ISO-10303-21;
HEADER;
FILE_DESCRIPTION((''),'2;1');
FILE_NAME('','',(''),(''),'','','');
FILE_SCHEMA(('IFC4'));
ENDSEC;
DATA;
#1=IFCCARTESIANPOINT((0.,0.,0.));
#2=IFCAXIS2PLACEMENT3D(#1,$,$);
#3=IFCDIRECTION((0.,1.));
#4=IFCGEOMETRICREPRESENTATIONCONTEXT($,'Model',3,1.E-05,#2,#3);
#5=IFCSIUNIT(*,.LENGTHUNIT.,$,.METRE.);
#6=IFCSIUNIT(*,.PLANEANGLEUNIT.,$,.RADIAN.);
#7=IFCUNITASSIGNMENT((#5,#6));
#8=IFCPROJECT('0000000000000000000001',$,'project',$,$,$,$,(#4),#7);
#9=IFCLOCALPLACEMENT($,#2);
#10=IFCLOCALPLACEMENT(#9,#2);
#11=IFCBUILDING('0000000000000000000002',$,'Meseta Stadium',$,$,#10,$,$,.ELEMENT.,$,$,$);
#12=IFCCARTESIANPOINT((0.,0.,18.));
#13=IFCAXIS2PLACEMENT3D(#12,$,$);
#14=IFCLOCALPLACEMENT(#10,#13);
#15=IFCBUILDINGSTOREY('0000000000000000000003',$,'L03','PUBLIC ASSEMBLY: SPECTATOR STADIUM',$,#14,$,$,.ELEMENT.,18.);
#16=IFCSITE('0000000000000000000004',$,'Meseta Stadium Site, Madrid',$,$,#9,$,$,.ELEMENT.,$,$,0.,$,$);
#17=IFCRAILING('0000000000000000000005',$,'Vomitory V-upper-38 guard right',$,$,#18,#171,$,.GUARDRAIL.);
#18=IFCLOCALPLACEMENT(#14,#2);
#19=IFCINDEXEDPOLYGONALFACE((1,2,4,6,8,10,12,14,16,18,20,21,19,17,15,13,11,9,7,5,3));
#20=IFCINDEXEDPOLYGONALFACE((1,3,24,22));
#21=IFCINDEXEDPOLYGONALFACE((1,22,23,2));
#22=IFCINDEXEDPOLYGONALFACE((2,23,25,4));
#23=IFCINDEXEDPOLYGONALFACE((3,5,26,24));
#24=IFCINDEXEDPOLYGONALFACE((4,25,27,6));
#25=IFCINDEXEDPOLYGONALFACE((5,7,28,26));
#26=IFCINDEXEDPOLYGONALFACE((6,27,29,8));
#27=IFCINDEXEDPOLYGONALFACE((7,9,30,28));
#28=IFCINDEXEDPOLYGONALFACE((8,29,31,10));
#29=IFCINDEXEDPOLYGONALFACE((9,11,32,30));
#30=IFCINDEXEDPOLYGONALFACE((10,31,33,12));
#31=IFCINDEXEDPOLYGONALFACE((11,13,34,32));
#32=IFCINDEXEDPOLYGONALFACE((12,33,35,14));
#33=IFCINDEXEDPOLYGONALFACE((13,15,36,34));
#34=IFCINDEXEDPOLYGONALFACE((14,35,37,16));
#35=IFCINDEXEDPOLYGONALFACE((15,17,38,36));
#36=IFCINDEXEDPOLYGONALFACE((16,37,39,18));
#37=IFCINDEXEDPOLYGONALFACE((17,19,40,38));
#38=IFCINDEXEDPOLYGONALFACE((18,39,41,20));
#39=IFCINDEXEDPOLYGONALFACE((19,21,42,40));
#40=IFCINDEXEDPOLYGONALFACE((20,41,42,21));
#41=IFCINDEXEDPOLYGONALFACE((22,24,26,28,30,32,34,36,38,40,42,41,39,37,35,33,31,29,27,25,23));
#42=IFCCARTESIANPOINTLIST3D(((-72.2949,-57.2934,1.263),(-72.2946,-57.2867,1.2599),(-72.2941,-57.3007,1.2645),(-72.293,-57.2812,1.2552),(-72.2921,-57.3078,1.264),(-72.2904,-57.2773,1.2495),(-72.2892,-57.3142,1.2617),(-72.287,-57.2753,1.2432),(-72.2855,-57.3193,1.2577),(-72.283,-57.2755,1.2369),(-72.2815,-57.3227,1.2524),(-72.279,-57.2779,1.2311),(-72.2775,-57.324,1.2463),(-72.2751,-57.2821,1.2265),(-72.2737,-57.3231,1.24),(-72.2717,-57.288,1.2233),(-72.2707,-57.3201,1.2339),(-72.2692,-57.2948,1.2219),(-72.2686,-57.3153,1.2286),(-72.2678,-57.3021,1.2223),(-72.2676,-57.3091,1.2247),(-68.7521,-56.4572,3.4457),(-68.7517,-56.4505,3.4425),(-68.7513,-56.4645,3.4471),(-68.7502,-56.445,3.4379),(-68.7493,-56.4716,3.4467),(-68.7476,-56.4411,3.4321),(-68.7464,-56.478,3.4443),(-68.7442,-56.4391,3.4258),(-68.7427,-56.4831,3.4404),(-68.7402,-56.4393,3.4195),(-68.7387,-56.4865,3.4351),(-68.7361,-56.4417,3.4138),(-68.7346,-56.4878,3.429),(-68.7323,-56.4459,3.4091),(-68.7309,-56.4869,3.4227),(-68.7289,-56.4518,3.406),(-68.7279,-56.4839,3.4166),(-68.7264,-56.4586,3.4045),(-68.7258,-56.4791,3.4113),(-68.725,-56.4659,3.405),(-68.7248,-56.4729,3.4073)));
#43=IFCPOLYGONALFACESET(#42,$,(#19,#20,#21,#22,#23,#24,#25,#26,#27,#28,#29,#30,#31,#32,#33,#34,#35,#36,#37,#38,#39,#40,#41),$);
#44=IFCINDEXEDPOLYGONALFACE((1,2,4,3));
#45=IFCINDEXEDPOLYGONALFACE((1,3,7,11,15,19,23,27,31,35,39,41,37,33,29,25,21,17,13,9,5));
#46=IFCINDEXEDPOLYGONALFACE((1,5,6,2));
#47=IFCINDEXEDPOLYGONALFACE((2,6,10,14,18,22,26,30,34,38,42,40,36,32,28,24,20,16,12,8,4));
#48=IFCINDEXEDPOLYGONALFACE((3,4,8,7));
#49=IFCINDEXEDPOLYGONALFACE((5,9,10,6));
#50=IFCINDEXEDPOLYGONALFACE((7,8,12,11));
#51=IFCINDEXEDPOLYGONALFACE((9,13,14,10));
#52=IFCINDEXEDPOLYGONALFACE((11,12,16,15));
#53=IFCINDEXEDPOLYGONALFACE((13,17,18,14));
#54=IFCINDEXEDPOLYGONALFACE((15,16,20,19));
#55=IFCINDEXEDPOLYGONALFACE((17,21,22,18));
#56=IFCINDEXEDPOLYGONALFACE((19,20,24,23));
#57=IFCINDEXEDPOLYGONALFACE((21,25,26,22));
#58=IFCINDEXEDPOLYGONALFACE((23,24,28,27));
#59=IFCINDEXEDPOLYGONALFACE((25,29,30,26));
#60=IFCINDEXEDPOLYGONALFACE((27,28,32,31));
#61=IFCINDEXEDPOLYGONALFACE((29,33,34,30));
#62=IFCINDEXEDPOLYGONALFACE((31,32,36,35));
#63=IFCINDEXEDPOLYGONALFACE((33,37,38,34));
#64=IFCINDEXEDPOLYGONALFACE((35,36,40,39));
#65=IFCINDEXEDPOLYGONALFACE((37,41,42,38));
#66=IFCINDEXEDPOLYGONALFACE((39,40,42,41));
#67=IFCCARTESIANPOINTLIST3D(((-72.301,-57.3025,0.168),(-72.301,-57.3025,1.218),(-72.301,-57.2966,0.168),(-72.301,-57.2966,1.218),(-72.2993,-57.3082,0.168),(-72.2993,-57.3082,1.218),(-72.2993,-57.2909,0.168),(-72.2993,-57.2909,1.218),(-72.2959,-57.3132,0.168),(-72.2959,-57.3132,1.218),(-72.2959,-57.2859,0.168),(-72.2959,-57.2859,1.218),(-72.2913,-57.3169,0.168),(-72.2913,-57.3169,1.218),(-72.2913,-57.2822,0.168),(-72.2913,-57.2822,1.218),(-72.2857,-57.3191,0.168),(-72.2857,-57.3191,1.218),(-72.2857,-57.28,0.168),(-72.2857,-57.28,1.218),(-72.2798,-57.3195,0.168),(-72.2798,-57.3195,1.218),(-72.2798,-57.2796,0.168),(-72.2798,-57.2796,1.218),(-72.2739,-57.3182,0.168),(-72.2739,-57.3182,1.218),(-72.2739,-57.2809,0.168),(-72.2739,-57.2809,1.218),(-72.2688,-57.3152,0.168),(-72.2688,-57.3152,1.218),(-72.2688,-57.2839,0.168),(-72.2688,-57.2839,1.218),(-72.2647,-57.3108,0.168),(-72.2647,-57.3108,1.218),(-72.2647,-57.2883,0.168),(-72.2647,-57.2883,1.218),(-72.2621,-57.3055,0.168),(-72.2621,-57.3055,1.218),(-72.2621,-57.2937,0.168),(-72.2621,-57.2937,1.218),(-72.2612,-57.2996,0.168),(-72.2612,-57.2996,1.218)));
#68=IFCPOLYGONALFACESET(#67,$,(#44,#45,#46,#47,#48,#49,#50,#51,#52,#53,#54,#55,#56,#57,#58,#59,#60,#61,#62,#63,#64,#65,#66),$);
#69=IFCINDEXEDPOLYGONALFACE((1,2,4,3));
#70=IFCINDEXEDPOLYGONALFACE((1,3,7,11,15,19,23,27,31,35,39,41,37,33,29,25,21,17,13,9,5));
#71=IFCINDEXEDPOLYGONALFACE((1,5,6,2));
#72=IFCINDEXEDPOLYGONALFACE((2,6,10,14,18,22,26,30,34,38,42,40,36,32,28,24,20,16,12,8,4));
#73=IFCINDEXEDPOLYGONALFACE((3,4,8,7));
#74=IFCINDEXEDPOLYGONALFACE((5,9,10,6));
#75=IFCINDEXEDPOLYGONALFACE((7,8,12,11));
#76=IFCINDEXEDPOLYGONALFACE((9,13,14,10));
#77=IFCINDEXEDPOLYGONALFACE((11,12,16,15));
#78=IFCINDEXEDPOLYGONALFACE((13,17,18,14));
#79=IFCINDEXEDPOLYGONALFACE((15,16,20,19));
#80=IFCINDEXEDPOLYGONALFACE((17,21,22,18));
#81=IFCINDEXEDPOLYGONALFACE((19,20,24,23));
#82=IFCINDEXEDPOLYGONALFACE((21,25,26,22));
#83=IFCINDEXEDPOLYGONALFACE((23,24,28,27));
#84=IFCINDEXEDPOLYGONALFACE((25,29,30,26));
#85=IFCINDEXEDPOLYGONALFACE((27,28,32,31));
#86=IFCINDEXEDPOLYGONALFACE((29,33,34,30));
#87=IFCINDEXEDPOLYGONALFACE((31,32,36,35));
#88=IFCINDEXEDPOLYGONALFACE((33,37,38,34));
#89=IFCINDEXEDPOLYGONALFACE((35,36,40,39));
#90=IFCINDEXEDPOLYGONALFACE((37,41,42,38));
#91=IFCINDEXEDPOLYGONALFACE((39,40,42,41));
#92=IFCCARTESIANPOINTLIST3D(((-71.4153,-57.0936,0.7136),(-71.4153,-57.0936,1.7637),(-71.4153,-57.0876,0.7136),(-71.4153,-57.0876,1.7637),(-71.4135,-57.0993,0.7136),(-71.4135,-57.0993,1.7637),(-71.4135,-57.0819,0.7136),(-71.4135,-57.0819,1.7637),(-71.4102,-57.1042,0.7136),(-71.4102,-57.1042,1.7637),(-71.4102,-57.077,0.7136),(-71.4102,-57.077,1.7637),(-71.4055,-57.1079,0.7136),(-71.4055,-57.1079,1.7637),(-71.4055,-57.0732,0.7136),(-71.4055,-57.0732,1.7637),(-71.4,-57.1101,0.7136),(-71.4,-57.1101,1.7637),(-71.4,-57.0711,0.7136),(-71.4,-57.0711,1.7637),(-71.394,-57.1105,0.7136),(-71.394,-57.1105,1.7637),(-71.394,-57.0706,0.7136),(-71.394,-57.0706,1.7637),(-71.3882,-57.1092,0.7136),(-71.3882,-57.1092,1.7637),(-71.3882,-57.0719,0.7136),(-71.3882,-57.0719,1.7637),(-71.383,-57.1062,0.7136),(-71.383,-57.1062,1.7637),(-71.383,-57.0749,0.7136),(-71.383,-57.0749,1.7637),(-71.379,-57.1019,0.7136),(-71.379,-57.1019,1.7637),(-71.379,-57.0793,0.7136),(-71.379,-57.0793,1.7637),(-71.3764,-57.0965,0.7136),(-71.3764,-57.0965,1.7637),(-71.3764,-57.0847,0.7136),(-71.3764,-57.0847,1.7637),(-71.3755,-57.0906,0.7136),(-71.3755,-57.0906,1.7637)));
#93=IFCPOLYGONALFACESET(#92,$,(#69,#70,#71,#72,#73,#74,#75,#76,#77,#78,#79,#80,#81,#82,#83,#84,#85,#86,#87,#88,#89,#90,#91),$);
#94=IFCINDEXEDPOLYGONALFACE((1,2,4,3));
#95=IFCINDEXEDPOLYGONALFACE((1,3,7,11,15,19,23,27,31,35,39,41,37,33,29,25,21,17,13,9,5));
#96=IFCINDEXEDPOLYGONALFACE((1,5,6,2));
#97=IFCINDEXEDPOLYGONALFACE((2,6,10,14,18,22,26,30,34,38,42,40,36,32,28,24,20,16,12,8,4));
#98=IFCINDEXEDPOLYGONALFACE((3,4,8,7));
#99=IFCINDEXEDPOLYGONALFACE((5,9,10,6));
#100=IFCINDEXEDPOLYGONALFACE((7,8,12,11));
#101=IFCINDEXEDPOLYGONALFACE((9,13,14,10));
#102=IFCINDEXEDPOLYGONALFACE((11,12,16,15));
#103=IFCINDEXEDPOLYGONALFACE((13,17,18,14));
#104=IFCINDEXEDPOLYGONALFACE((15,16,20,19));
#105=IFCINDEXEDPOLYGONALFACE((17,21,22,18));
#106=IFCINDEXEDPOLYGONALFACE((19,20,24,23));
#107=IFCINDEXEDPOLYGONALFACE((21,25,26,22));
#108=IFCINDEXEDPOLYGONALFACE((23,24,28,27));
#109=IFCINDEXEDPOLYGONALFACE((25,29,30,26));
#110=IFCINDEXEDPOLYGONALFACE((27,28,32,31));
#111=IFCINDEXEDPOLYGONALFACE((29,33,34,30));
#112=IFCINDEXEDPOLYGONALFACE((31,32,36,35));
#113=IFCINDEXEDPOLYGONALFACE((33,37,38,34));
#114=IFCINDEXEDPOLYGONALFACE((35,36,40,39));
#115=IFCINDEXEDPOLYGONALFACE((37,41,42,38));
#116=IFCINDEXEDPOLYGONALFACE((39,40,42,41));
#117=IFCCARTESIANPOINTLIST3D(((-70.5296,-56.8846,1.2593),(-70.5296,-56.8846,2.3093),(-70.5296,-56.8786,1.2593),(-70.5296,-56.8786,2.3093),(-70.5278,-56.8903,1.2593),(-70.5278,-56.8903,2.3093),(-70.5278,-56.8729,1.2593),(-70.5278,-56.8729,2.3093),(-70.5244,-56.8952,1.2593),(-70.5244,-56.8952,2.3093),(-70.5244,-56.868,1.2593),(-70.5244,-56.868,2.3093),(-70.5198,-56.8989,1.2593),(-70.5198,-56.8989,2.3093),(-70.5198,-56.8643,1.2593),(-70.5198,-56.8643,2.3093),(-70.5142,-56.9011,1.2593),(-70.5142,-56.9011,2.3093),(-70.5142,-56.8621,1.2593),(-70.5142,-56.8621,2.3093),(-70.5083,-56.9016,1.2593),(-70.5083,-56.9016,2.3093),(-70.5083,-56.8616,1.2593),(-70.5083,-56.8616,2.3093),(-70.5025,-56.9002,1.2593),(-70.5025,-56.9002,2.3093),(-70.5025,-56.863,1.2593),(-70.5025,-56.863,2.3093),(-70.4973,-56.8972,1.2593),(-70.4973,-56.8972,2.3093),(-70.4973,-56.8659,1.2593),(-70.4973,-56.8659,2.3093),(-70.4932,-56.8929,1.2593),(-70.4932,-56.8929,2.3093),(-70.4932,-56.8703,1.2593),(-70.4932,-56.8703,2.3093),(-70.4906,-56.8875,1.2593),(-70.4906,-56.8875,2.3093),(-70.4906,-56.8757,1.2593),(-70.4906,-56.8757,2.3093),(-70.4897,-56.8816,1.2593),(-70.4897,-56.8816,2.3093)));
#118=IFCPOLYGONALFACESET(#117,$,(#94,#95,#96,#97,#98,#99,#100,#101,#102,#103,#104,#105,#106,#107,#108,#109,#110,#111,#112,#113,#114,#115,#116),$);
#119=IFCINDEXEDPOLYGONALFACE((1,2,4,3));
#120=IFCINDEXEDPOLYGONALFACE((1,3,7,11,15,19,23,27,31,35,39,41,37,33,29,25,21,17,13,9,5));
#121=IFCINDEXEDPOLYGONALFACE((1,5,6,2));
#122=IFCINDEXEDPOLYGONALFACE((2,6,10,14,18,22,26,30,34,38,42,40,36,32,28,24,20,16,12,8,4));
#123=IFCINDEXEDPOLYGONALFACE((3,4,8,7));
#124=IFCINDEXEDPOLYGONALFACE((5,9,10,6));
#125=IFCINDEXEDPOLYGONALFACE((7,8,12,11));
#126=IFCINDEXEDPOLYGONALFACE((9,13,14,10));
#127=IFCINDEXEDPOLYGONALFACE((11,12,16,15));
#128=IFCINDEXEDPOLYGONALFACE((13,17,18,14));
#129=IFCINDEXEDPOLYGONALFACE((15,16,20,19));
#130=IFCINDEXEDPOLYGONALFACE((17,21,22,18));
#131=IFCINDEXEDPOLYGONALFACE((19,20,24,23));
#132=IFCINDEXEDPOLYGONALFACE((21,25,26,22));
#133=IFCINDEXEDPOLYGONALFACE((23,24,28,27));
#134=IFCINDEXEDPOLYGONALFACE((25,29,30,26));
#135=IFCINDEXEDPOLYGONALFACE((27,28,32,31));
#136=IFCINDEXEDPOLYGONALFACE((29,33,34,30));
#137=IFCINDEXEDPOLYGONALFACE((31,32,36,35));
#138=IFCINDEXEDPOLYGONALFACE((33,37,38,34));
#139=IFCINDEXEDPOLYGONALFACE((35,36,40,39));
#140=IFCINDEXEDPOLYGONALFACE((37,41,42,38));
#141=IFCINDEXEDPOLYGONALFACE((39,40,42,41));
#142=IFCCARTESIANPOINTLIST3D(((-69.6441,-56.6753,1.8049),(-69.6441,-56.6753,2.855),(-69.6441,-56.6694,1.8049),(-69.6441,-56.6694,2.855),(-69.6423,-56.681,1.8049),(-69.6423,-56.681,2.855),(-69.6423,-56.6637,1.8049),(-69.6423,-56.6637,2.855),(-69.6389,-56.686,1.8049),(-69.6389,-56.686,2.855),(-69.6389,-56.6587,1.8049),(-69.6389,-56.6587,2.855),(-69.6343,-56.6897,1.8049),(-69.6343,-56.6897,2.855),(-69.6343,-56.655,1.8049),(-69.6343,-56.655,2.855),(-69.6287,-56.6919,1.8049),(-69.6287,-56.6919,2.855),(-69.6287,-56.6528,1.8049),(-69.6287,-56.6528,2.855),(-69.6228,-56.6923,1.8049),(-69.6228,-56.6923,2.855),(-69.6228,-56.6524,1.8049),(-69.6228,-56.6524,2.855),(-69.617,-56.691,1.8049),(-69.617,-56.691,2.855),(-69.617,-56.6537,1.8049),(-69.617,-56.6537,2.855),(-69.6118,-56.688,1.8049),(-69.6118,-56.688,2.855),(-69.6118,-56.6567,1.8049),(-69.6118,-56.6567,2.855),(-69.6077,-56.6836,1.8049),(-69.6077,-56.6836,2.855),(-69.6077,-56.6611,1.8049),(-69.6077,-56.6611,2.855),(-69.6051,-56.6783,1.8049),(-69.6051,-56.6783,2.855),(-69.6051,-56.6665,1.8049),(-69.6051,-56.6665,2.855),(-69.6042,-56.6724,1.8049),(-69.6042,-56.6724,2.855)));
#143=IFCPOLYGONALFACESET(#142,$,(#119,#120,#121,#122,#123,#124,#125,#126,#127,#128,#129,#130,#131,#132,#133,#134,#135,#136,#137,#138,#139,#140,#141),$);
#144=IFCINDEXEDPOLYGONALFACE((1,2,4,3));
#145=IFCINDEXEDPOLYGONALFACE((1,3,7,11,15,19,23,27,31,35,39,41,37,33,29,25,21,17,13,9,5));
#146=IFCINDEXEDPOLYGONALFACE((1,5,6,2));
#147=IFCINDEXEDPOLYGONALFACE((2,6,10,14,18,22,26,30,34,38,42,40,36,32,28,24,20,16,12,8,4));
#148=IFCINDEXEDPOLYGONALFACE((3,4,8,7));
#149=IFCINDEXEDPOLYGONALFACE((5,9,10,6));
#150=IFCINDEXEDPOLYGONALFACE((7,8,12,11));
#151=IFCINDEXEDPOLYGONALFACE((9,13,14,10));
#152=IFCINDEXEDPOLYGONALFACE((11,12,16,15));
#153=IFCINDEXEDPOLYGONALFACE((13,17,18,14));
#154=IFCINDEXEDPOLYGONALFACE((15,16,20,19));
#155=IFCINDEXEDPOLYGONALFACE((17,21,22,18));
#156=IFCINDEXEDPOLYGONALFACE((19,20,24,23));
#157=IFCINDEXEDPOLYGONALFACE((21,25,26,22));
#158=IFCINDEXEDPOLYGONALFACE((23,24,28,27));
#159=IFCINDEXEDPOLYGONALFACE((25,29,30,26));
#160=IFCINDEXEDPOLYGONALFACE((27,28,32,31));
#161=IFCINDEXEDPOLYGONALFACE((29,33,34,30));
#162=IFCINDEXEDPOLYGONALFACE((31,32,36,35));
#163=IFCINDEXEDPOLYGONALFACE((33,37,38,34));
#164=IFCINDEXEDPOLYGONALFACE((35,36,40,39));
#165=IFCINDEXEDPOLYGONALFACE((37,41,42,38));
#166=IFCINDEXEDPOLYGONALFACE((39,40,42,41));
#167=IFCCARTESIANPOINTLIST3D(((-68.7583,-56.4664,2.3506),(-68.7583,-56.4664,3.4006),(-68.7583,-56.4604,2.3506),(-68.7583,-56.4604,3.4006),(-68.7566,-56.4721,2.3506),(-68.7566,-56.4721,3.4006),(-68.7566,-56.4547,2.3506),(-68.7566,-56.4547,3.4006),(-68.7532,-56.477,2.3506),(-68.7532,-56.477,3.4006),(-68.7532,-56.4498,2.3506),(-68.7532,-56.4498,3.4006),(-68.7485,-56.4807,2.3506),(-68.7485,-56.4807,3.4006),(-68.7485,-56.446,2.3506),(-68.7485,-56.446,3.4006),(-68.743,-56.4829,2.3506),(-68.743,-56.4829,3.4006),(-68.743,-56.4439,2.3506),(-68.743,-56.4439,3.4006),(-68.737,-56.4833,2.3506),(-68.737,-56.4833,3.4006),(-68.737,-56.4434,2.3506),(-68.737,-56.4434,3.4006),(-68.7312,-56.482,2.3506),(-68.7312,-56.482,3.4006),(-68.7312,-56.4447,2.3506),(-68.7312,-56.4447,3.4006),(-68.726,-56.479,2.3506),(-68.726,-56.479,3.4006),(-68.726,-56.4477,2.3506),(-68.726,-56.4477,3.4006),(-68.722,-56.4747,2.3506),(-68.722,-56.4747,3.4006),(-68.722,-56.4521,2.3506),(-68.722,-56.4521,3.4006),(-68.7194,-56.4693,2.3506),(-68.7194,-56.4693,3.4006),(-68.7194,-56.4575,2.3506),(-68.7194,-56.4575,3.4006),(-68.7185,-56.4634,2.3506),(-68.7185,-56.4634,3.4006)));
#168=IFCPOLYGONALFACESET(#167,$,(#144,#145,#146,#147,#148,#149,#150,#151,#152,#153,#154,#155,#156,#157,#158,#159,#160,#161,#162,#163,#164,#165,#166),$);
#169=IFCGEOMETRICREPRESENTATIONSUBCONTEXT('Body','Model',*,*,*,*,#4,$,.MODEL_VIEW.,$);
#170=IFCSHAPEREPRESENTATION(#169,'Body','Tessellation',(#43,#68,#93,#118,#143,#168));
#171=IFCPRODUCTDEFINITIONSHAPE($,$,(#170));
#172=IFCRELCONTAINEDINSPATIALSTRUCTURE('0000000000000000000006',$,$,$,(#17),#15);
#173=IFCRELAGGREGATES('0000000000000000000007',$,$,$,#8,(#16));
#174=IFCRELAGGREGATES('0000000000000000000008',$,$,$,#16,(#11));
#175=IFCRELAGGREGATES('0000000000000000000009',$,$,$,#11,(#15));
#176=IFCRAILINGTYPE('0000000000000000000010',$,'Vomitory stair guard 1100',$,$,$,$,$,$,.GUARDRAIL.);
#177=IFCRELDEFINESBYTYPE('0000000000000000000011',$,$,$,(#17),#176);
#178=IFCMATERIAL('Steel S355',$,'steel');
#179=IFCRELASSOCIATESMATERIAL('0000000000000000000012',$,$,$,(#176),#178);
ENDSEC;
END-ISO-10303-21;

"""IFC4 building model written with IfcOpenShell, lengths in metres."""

from ifc_helpers import new_model, si_unit, direction, frame, origin, origin_2d, place, context, subcontext, project, spatial, circle, extrude, material, type_object, element, save


model = new_model("IFC4")

# Units and contexts
model_context = context("Model", 3, precision=1e-05, world=origin(), true_north=direction((0.0, 1.0)))
body_context = subcontext(model_context, "Body", "Model", "MODEL_VIEW")
ifc_project = project(units=[si_unit("LENGTHUNIT", "METRE"), si_unit("PLANEANGLEUNIT", "RADIAN")], contexts=[model_context])

# Site, building, storey
site_placement = place(None, origin())
site = spatial("IfcSite", under=ifc_project, at=site_placement, Name="Meseta Stadium Site, Madrid", CompositionType="ELEMENT", RefElevation=0.0)
building_placement = place(site_placement, origin())
building = spatial("IfcBuilding", under=site, at=building_placement, Name="Meseta Stadium", CompositionType="ELEMENT")
storey_placement = place(building_placement, frame((0.0, 0.0, 18.0)))
storey = spatial("IfcBuildingStorey", under=building, at=storey_placement, Name="L03", Description="PUBLIC ASSEMBLY: SPECTATOR STADIUM", CompositionType="ELEMENT", Elevation=18.0)

# Railing
ifc_material_1 = material(Name="Steel S355", Category="steel")
railing_type_1 = type_object("IfcRailingType", Name="Vomitory stair guard 1100", PredefinedType="GUARDRAIL", material=ifc_material_1)
for number, where, name in (
    (1, (-72.2812, -57.2996, 0.168), "Vomitory V-upper-38 guard right"),
):
    element("IfcRailing", number, at=place(storey_placement, frame(where)), inside=storey, type_object=railing_type_1, Name=name, PredefinedType="GUARDRAIL", context=body_context, shape_type="SweptSolid", body=[
        extrude(circle(Radius=0.0249, at=origin_2d()), frame((0.0, 0.0, 1.0752), z_axis=(0.834706, 0.197014, 0.514249), x_axis=(-0.229716, 0.973258, 0.0)), (0.0, 0.0, 1.0), 4.2444),
        extrude(circle(Radius=0.02, at=origin_2d()), origin(), (0.0, 0.0, 1.0), 1.05),
        extrude(circle(Radius=0.02, at=origin_2d()), frame((0.8857, 0.209, 0.5457)), (0.0, 0.0, 1.0), 1.05),
        extrude(circle(Radius=0.02, at=origin_2d()), frame((1.7715, 0.418, 1.0913)), (0.0, 0.0, 1.0), 1.05),
        extrude(circle(Radius=0.02, at=origin_2d()), frame((2.657, 0.6272, 1.637)), (0.0, 0.0, 1.0), 1.05),
        extrude(circle(Radius=0.02, at=origin_2d()), frame((3.5427, 0.8362, 2.1826)), (0.0, 0.0, 1.0), 1.05),
    ])

save(model, "model.ifc")
